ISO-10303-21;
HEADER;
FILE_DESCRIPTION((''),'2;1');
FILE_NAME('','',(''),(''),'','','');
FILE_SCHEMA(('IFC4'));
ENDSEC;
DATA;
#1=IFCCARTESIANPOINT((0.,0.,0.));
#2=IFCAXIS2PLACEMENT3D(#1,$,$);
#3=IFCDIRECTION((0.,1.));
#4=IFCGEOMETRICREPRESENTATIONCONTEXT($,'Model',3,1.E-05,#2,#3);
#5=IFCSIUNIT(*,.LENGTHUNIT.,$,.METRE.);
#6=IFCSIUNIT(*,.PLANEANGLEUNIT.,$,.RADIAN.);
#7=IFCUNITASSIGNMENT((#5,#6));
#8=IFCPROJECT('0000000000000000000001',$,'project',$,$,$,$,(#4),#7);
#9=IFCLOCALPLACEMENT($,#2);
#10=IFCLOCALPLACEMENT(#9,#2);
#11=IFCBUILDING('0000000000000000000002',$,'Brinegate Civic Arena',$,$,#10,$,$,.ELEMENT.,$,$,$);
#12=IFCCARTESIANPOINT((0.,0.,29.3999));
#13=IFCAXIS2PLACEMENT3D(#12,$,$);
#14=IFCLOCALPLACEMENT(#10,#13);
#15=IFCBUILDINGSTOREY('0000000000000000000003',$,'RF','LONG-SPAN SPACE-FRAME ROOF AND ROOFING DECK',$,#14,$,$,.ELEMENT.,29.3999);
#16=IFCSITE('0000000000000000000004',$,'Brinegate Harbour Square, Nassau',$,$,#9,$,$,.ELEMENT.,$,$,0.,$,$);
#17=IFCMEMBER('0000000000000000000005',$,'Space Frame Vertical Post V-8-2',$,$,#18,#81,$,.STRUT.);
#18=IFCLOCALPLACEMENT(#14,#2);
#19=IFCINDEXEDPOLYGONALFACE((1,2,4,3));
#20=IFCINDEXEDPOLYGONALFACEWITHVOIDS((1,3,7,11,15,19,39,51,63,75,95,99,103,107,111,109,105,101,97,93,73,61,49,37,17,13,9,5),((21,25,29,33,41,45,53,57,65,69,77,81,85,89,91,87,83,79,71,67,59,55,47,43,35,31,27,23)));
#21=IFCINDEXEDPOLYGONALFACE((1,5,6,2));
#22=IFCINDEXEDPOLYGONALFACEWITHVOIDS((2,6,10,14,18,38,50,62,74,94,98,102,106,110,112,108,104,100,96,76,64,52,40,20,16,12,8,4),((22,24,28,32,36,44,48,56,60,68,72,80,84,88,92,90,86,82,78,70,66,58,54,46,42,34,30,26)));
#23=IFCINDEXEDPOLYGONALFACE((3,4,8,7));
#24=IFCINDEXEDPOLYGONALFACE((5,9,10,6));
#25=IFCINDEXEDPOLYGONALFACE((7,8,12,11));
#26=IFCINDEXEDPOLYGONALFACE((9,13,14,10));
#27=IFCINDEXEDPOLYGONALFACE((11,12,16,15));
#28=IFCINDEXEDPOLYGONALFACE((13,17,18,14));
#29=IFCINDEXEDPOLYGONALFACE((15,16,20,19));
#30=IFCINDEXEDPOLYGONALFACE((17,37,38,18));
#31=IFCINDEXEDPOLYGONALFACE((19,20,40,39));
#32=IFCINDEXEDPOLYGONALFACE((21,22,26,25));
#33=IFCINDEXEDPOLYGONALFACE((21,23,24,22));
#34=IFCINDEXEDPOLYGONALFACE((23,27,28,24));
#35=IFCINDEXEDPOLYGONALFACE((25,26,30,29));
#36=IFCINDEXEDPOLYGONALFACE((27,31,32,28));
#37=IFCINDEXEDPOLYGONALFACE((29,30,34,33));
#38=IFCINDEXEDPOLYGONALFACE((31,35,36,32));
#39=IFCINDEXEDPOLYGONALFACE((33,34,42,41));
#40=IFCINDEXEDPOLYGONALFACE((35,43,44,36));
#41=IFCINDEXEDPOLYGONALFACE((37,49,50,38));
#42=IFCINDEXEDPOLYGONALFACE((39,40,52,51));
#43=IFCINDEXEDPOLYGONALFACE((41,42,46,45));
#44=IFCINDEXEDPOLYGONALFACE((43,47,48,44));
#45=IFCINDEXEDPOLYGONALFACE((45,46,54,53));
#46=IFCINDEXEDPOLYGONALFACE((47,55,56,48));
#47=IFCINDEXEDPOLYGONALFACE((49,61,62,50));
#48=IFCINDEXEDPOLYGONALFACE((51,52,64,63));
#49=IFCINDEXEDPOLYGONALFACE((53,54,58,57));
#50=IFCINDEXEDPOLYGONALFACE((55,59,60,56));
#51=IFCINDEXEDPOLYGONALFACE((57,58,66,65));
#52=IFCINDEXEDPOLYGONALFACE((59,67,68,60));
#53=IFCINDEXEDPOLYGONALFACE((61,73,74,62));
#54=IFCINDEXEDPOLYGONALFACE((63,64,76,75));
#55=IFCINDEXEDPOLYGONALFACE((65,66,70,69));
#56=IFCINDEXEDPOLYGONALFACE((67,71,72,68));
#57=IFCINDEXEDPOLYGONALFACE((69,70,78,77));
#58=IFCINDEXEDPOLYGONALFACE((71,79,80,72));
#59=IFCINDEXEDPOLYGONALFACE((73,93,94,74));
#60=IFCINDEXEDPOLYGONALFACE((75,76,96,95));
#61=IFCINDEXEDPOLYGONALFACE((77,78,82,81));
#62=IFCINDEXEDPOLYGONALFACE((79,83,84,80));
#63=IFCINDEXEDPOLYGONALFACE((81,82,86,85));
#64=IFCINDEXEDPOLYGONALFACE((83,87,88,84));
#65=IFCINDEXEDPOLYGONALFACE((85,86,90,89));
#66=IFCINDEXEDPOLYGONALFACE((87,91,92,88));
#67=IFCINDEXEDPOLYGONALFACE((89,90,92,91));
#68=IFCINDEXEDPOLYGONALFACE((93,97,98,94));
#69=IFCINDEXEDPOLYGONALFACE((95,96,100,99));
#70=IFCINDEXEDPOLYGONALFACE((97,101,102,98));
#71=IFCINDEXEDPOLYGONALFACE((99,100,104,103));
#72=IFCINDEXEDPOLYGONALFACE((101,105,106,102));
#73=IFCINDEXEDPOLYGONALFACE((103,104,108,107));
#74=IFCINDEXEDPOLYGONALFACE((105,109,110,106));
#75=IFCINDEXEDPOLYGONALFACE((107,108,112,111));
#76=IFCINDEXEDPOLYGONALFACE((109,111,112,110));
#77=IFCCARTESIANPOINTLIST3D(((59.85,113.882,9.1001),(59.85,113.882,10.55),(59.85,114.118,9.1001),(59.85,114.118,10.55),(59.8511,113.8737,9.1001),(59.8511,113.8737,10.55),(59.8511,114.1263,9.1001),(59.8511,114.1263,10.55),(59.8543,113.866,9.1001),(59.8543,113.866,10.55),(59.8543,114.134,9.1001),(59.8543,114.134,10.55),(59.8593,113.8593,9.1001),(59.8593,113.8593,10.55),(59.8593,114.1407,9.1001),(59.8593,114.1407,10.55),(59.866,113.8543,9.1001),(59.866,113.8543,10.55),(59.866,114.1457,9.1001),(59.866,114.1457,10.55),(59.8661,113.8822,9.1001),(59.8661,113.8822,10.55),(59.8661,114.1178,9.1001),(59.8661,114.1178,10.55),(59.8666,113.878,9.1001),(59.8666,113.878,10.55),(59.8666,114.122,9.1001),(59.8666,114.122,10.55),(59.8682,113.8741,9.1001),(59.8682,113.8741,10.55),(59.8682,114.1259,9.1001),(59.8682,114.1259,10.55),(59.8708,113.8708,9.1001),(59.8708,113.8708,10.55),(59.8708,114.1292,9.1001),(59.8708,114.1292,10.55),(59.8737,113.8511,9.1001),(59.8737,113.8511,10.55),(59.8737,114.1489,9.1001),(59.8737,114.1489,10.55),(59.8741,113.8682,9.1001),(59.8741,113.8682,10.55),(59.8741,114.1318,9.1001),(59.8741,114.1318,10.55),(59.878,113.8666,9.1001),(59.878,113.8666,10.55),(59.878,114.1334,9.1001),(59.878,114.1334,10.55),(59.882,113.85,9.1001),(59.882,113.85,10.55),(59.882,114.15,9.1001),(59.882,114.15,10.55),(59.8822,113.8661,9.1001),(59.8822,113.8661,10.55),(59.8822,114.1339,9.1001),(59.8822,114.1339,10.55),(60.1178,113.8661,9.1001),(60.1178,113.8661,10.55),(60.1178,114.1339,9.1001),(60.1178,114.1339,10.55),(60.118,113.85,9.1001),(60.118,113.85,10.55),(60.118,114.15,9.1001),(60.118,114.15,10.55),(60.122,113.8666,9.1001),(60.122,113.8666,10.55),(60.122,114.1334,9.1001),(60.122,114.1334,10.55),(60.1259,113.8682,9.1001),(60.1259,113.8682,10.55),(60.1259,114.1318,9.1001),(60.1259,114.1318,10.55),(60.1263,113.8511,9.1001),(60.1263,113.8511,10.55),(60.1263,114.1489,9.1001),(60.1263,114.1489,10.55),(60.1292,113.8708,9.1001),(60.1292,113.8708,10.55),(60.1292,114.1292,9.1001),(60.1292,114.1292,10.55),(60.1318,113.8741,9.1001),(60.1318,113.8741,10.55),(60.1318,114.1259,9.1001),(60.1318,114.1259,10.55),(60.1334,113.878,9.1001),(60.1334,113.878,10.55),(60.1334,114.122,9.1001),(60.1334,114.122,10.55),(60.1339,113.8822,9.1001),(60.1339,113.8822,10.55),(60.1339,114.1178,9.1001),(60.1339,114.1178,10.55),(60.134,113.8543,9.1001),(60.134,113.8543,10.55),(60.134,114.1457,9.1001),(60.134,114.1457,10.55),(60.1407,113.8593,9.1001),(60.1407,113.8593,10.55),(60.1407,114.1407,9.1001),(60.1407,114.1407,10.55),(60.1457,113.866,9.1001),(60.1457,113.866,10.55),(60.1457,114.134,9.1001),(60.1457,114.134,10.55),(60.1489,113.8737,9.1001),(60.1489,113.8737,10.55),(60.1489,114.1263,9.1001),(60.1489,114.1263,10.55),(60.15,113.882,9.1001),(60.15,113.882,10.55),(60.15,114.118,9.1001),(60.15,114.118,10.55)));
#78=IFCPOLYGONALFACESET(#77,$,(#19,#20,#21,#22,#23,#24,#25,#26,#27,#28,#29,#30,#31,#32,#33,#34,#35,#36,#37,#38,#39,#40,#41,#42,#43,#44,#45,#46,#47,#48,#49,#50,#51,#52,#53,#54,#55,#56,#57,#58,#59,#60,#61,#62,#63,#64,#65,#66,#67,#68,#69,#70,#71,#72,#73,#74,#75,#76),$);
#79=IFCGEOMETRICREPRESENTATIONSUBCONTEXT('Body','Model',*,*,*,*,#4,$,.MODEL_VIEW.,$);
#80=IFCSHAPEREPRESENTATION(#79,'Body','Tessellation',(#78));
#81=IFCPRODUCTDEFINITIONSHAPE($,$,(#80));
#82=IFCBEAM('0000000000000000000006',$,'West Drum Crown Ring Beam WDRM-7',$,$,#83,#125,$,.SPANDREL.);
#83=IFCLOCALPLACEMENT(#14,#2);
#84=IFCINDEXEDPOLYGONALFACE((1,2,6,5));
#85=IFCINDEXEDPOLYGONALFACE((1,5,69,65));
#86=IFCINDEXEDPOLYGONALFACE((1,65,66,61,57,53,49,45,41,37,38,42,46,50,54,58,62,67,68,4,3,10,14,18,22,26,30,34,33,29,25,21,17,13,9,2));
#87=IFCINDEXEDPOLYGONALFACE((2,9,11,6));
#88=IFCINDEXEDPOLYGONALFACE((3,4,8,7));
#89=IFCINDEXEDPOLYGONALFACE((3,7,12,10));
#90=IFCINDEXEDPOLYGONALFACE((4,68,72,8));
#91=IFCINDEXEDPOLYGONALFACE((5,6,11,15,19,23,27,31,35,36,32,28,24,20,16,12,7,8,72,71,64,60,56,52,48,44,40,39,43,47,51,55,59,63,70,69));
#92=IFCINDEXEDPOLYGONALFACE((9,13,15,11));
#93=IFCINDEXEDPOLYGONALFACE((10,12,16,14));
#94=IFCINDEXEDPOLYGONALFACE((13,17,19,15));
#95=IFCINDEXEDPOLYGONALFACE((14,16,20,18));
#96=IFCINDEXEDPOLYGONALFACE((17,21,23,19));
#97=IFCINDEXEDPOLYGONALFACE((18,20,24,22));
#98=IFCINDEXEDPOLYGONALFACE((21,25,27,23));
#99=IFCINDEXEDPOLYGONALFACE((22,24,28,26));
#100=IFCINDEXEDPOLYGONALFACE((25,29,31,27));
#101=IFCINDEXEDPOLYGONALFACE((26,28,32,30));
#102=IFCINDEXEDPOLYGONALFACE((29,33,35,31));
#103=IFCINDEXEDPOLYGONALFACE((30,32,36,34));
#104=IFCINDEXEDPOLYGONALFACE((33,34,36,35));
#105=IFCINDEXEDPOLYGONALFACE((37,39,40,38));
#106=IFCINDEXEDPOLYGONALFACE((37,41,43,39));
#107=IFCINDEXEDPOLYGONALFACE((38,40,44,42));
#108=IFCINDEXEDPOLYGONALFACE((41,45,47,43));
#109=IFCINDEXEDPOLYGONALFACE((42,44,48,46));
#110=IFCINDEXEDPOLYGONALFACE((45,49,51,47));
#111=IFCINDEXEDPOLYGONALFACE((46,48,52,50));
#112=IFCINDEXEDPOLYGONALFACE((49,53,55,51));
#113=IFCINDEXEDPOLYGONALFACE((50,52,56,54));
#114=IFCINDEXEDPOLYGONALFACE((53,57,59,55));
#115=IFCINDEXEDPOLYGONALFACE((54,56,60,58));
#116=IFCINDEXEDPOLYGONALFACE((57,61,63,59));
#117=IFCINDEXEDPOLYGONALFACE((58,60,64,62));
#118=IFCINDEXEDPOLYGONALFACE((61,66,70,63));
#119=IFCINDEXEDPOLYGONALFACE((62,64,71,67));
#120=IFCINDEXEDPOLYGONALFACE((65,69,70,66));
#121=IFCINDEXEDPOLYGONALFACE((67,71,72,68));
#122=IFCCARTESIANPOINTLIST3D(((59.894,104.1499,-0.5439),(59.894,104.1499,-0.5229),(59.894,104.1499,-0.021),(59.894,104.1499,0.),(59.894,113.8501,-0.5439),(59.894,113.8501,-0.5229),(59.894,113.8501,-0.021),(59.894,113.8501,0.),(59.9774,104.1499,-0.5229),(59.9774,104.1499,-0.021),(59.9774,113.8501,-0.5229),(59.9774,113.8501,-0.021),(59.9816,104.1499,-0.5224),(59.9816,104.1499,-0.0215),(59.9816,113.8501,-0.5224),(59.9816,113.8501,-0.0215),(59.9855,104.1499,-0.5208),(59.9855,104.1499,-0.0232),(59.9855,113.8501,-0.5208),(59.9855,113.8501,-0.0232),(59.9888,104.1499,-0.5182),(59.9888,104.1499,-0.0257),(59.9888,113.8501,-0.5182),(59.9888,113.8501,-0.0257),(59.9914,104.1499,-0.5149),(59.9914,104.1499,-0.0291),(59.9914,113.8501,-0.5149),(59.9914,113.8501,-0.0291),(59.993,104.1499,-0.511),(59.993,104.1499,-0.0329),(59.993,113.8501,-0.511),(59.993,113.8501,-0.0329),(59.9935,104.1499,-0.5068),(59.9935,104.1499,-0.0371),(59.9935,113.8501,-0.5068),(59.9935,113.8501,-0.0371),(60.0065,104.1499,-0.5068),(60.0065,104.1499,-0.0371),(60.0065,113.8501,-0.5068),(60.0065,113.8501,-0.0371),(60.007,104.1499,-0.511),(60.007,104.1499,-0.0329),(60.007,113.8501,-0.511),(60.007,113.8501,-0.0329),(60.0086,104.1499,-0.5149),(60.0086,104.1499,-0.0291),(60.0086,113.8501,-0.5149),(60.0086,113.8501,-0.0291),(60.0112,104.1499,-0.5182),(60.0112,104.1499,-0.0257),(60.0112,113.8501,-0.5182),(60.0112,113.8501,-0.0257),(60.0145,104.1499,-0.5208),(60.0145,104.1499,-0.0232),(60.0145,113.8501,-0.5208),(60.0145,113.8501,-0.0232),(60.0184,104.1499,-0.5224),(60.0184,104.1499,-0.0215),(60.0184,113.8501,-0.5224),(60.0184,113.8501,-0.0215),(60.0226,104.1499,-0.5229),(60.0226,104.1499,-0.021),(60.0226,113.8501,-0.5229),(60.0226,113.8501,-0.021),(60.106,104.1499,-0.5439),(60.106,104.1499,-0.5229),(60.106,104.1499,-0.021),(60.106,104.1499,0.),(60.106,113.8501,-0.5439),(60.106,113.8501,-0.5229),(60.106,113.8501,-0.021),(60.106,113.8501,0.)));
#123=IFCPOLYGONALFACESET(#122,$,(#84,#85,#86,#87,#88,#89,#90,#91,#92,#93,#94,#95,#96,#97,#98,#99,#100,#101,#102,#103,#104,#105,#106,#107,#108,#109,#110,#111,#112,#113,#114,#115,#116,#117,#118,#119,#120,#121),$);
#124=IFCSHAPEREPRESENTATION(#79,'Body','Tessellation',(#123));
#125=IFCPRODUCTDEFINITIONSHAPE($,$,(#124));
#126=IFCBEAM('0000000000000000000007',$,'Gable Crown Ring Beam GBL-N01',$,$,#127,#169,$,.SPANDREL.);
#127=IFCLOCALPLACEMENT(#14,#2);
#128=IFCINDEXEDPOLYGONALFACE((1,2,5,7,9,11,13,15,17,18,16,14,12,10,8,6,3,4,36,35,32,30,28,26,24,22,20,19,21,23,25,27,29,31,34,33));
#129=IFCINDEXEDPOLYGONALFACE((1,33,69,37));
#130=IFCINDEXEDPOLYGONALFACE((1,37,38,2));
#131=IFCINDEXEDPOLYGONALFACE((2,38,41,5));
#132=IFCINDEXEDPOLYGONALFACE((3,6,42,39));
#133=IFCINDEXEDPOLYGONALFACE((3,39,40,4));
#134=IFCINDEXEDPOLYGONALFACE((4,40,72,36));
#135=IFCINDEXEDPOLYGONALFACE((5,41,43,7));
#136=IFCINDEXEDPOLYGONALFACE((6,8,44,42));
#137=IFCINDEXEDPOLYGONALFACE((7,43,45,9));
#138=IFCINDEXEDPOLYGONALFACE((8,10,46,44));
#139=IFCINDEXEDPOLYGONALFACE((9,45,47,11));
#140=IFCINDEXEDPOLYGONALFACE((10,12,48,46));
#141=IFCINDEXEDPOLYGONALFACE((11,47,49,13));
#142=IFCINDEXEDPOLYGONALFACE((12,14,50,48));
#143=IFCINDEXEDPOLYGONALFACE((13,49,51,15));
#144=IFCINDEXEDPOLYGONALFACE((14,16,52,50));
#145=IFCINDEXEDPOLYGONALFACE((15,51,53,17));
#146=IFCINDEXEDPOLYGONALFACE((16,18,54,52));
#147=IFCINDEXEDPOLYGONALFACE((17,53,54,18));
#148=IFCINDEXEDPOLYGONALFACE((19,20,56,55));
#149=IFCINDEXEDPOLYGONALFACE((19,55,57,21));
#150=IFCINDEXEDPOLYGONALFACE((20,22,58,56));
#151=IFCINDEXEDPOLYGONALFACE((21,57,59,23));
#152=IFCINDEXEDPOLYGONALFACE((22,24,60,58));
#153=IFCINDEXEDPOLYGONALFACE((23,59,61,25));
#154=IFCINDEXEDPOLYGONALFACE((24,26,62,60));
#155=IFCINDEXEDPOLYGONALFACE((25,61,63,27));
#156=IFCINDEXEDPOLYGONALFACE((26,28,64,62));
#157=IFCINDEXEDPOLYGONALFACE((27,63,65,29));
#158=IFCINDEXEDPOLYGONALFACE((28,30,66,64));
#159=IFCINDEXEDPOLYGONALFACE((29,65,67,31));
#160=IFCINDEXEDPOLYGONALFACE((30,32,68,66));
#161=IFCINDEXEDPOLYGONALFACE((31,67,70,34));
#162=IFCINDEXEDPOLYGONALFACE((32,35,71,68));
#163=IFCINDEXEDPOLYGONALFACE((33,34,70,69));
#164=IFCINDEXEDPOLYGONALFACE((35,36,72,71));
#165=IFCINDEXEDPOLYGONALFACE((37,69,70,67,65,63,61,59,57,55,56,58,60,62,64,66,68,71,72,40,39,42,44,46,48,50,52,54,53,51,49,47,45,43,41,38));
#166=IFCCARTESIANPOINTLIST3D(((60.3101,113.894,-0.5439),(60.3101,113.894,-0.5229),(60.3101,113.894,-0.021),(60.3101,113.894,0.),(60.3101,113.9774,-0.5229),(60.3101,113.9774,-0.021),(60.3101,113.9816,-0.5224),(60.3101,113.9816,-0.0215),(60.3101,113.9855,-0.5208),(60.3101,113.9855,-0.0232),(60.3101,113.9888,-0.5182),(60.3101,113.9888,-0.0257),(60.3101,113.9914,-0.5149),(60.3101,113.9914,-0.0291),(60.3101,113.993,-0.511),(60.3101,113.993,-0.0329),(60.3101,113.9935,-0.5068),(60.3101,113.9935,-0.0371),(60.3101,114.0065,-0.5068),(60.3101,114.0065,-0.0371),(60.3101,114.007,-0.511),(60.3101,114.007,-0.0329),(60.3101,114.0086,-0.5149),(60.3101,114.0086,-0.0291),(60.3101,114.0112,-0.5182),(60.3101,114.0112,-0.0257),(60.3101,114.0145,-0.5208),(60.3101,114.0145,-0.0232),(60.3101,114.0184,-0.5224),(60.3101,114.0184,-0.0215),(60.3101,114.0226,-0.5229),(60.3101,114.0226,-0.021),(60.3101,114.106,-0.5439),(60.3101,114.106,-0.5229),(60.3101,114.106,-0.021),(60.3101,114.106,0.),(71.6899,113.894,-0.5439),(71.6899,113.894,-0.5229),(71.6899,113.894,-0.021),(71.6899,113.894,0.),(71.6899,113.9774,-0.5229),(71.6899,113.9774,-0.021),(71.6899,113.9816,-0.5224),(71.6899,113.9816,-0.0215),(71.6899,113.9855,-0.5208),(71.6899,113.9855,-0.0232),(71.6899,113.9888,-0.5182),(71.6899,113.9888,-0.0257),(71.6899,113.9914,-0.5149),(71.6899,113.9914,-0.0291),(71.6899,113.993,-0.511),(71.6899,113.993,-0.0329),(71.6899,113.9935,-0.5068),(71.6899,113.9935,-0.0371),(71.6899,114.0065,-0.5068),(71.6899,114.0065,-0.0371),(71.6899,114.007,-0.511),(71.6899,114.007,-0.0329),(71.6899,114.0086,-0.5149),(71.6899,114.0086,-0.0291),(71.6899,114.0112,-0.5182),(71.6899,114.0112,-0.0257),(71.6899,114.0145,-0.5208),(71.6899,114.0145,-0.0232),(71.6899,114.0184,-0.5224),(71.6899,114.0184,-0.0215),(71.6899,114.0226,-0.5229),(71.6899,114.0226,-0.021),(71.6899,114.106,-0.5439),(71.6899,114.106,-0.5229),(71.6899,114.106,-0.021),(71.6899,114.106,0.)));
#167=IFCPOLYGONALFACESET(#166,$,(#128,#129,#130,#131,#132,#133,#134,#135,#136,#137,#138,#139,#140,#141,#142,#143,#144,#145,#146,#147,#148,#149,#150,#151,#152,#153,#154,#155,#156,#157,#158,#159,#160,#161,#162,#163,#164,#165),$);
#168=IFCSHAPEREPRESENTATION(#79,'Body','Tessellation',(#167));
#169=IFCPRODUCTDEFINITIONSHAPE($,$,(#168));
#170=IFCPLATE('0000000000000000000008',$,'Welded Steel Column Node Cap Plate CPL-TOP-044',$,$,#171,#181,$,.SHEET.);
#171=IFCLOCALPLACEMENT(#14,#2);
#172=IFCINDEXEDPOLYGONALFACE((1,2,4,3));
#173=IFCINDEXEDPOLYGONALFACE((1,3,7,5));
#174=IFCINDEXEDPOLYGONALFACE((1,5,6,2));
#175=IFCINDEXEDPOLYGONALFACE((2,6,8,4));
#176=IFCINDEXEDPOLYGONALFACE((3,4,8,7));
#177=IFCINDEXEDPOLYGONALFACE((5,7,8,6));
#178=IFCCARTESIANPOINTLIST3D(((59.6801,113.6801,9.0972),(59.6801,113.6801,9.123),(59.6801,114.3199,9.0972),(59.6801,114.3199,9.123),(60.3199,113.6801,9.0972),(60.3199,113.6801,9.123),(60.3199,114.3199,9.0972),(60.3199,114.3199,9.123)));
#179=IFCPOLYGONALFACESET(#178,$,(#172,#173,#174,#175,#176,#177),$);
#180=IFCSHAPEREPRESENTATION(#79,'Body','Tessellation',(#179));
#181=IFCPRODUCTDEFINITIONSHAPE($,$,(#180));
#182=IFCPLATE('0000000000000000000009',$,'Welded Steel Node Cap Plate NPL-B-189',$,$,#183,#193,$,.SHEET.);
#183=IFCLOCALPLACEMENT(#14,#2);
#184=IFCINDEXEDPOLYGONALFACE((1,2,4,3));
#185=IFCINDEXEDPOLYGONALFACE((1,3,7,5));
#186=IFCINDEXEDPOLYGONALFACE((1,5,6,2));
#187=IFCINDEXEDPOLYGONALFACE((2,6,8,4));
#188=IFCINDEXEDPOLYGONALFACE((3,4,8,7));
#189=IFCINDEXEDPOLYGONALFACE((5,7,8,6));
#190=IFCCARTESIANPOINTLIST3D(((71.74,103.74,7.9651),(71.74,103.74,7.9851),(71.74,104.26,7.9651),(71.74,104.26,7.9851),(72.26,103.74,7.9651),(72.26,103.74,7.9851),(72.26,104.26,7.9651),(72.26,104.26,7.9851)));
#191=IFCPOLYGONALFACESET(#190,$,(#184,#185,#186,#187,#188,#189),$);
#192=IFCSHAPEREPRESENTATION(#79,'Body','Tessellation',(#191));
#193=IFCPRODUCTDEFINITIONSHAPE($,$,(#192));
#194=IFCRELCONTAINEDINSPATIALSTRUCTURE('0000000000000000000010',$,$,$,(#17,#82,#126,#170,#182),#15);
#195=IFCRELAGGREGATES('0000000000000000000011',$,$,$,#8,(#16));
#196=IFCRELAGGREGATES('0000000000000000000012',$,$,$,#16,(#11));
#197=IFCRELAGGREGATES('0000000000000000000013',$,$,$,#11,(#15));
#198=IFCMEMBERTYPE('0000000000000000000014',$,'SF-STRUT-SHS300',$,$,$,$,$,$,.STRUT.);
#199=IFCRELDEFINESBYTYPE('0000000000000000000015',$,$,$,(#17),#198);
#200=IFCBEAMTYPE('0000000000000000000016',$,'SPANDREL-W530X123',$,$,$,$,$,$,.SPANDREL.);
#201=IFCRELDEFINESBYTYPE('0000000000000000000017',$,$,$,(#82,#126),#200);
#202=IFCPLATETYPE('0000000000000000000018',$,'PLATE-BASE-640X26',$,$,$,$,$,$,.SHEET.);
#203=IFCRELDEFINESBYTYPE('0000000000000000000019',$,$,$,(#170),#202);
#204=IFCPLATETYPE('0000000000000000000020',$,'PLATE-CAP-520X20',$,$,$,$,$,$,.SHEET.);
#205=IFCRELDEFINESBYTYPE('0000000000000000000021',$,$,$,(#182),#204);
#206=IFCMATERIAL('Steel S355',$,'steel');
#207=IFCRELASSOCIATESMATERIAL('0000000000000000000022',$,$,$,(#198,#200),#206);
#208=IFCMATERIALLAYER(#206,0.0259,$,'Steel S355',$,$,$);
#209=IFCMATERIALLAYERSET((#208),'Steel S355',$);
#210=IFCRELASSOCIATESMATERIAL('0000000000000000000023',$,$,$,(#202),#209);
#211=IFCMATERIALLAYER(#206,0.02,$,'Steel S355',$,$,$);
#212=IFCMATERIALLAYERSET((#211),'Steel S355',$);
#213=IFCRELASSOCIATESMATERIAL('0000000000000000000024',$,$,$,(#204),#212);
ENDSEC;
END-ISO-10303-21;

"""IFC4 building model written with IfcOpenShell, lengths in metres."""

from ifc_helpers import new_model, si_unit, direction, frame, origin, origin_2d, place, context, subcontext, project, spatial, rectangle, hollow_rectangle, i_section, extrude, material, layer, layer_set, material_profile, profile_set, type_object, element, save


model = new_model("IFC4")

# Units and contexts
model_context = context("Model", 3, precision=1e-05, world=origin(), true_north=direction((0.0, 1.0)))
body_context = subcontext(model_context, "Body", "Model", "MODEL_VIEW")
ifc_project = project(units=[si_unit("LENGTHUNIT", "METRE"), si_unit("PLANEANGLEUNIT", "RADIAN")], contexts=[model_context])

# Site, building, storey
site_placement = place(None, origin())
site = spatial("IfcSite", under=ifc_project, at=site_placement, Name="Brinegate Harbour Square, Nassau", CompositionType="ELEMENT", RefElevation=0.0)
building_placement = place(site_placement, origin())
building = spatial("IfcBuilding", under=site, at=building_placement, Name="Brinegate Civic Arena", CompositionType="ELEMENT")
storey_placement = place(building_placement, frame((0.0, 0.0, 29.3999)))
storey = spatial("IfcBuildingStorey", under=building, at=storey_placement, Name="RF", Description="LONG-SPAN SPACE-FRAME ROOF AND ROOFING DECK", CompositionType="ELEMENT", Elevation=29.3999)

# Shared definitions
ifc_material_1 = material(Name="Steel S355", Category="steel")

# Member
ifc_material_profile_1 = material_profile(ifc_material_1, hollow_rectangle(XDim=0.3, YDim=0.3, WallThickness=0.0161, InnerFilletRadius=0.0161, OuterFilletRadius=0.032, at=origin_2d()), Name="SHS300X16")
ifc_profile_set_1 = profile_set([ifc_material_profile_1], Name="Steel S355")
member_type_1 = type_object("IfcMemberType", Name="SF-STRUT-SHS300", PredefinedType="STRUT", material=ifc_profile_set_1)
member_1_placement = place(storey_placement, frame((60.0, 114.0, 9.1001), z_axis=(0.0, 0.0, 1.0), x_axis=(1.0, 0.0, 0.0)))
element("IfcMember", 1, at=member_1_placement, inside=storey, type_object=member_type_1, Name="Space Frame Vertical Post V-8-2", PredefinedType="STRUT", context=body_context, shape_type="SweptSolid", body=[
    extrude(hollow_rectangle(XDim=0.3, YDim=0.3, WallThickness=0.0161, InnerFilletRadius=0.0161, OuterFilletRadius=0.032, at=origin_2d()), origin(), (0.0, 0.0, 1.0), 1.45),
])

# Beams
ifc_material_profile_2 = material_profile(ifc_material_1, i_section(OverallWidth=0.2119, OverallDepth=0.5439, WebThickness=0.0129, FlangeThickness=0.021, FilletRadius=0.0161, at=origin_2d()), Name="W530X123")
ifc_profile_set_2 = profile_set([ifc_material_profile_2], Name="Steel S355")
beam_type = type_object("IfcBeamType", Name="SPANDREL-W530X123", PredefinedType="SPANDREL", material=ifc_profile_set_2)
beam_1_placement = place(storey_placement, frame((60.0, 104.1499, -0.272), z_axis=(0.0, 1.0, 0.0), x_axis=(-1.0, 0.0, 0.0)))
element("IfcBeam", 2, at=beam_1_placement, inside=storey, type_object=beam_type, Name="West Drum Crown Ring Beam WDRM-7", PredefinedType="SPANDREL", context=body_context, shape_type="SweptSolid", body=[
    extrude(i_section(OverallWidth=0.2119, OverallDepth=0.5439, WebThickness=0.0129, FlangeThickness=0.021, FilletRadius=0.0161, at=origin_2d()), origin(), (0.0, 0.0, 1.0), 9.7002),
])
beam_2_placement = place(storey_placement, frame((60.3101, 114.0, -0.272), z_axis=(1.0, 0.0, 0.0), x_axis=(0.0, 1.0, 0.0)))
element("IfcBeam", 3, at=beam_2_placement, inside=storey, type_object=beam_type, Name="Gable Crown Ring Beam GBL-N01", PredefinedType="SPANDREL", context=body_context, shape_type="SweptSolid", body=[
    extrude(i_section(OverallWidth=0.2119, OverallDepth=0.5439, WebThickness=0.0129, FlangeThickness=0.021, FilletRadius=0.0161, at=origin_2d()), origin(), (0.0, 0.0, 1.0), 11.3799),
])

# Plates
ifc_layer_1 = layer(ifc_material_1, 0.0259, Name="Steel S355")
ifc_layer_set_1 = layer_set([ifc_layer_1], Name="Steel S355")
plate_type_1 = type_object("IfcPlateType", Name="PLATE-BASE-640X26", PredefinedType="SHEET", material=ifc_layer_set_1)
plate_1_placement = place(storey_placement, frame((60.0, 114.0, 9.0972), z_axis=(0.0, 0.0, 1.0), x_axis=(1.0, 0.0, 0.0)))
element("IfcPlate", 4, at=plate_1_placement, inside=storey, type_object=plate_type_1, Name="Welded Steel Column Node Cap Plate CPL-TOP-044", PredefinedType="SHEET", context=body_context, shape_type="SweptSolid", body=[
    extrude(rectangle(XDim=0.6399, YDim=0.6399, at=origin_2d()), origin(), (0.0, 0.0, 1.0), 0.0259),
])
ifc_layer_2 = layer(ifc_material_1, 0.02, Name="Steel S355")
ifc_layer_set_2 = layer_set([ifc_layer_2], Name="Steel S355")
plate_type_2 = type_object("IfcPlateType", Name="PLATE-CAP-520X20", PredefinedType="SHEET", material=ifc_layer_set_2)
for number, where, z_axis, x_axis, name in (
    (5, (72.0, 104.0, 7.9651), (0.0, 0.0, 1.0), (1.0, 0.0, 0.0), "Welded Steel Node Cap Plate NPL-B-189"),
):
    element("IfcPlate", number, at=place(storey_placement, frame(where, z_axis=z_axis, x_axis=x_axis)), inside=storey, type_object=plate_type_2, Name=name, PredefinedType="SHEET", context=body_context, shape_type="SweptSolid", body=[
        extrude(rectangle(XDim=0.52, YDim=0.52, at=origin_2d()), origin(), (0.0, 0.0, 1.0), 0.02),
    ])

save(model, "model.ifc")
